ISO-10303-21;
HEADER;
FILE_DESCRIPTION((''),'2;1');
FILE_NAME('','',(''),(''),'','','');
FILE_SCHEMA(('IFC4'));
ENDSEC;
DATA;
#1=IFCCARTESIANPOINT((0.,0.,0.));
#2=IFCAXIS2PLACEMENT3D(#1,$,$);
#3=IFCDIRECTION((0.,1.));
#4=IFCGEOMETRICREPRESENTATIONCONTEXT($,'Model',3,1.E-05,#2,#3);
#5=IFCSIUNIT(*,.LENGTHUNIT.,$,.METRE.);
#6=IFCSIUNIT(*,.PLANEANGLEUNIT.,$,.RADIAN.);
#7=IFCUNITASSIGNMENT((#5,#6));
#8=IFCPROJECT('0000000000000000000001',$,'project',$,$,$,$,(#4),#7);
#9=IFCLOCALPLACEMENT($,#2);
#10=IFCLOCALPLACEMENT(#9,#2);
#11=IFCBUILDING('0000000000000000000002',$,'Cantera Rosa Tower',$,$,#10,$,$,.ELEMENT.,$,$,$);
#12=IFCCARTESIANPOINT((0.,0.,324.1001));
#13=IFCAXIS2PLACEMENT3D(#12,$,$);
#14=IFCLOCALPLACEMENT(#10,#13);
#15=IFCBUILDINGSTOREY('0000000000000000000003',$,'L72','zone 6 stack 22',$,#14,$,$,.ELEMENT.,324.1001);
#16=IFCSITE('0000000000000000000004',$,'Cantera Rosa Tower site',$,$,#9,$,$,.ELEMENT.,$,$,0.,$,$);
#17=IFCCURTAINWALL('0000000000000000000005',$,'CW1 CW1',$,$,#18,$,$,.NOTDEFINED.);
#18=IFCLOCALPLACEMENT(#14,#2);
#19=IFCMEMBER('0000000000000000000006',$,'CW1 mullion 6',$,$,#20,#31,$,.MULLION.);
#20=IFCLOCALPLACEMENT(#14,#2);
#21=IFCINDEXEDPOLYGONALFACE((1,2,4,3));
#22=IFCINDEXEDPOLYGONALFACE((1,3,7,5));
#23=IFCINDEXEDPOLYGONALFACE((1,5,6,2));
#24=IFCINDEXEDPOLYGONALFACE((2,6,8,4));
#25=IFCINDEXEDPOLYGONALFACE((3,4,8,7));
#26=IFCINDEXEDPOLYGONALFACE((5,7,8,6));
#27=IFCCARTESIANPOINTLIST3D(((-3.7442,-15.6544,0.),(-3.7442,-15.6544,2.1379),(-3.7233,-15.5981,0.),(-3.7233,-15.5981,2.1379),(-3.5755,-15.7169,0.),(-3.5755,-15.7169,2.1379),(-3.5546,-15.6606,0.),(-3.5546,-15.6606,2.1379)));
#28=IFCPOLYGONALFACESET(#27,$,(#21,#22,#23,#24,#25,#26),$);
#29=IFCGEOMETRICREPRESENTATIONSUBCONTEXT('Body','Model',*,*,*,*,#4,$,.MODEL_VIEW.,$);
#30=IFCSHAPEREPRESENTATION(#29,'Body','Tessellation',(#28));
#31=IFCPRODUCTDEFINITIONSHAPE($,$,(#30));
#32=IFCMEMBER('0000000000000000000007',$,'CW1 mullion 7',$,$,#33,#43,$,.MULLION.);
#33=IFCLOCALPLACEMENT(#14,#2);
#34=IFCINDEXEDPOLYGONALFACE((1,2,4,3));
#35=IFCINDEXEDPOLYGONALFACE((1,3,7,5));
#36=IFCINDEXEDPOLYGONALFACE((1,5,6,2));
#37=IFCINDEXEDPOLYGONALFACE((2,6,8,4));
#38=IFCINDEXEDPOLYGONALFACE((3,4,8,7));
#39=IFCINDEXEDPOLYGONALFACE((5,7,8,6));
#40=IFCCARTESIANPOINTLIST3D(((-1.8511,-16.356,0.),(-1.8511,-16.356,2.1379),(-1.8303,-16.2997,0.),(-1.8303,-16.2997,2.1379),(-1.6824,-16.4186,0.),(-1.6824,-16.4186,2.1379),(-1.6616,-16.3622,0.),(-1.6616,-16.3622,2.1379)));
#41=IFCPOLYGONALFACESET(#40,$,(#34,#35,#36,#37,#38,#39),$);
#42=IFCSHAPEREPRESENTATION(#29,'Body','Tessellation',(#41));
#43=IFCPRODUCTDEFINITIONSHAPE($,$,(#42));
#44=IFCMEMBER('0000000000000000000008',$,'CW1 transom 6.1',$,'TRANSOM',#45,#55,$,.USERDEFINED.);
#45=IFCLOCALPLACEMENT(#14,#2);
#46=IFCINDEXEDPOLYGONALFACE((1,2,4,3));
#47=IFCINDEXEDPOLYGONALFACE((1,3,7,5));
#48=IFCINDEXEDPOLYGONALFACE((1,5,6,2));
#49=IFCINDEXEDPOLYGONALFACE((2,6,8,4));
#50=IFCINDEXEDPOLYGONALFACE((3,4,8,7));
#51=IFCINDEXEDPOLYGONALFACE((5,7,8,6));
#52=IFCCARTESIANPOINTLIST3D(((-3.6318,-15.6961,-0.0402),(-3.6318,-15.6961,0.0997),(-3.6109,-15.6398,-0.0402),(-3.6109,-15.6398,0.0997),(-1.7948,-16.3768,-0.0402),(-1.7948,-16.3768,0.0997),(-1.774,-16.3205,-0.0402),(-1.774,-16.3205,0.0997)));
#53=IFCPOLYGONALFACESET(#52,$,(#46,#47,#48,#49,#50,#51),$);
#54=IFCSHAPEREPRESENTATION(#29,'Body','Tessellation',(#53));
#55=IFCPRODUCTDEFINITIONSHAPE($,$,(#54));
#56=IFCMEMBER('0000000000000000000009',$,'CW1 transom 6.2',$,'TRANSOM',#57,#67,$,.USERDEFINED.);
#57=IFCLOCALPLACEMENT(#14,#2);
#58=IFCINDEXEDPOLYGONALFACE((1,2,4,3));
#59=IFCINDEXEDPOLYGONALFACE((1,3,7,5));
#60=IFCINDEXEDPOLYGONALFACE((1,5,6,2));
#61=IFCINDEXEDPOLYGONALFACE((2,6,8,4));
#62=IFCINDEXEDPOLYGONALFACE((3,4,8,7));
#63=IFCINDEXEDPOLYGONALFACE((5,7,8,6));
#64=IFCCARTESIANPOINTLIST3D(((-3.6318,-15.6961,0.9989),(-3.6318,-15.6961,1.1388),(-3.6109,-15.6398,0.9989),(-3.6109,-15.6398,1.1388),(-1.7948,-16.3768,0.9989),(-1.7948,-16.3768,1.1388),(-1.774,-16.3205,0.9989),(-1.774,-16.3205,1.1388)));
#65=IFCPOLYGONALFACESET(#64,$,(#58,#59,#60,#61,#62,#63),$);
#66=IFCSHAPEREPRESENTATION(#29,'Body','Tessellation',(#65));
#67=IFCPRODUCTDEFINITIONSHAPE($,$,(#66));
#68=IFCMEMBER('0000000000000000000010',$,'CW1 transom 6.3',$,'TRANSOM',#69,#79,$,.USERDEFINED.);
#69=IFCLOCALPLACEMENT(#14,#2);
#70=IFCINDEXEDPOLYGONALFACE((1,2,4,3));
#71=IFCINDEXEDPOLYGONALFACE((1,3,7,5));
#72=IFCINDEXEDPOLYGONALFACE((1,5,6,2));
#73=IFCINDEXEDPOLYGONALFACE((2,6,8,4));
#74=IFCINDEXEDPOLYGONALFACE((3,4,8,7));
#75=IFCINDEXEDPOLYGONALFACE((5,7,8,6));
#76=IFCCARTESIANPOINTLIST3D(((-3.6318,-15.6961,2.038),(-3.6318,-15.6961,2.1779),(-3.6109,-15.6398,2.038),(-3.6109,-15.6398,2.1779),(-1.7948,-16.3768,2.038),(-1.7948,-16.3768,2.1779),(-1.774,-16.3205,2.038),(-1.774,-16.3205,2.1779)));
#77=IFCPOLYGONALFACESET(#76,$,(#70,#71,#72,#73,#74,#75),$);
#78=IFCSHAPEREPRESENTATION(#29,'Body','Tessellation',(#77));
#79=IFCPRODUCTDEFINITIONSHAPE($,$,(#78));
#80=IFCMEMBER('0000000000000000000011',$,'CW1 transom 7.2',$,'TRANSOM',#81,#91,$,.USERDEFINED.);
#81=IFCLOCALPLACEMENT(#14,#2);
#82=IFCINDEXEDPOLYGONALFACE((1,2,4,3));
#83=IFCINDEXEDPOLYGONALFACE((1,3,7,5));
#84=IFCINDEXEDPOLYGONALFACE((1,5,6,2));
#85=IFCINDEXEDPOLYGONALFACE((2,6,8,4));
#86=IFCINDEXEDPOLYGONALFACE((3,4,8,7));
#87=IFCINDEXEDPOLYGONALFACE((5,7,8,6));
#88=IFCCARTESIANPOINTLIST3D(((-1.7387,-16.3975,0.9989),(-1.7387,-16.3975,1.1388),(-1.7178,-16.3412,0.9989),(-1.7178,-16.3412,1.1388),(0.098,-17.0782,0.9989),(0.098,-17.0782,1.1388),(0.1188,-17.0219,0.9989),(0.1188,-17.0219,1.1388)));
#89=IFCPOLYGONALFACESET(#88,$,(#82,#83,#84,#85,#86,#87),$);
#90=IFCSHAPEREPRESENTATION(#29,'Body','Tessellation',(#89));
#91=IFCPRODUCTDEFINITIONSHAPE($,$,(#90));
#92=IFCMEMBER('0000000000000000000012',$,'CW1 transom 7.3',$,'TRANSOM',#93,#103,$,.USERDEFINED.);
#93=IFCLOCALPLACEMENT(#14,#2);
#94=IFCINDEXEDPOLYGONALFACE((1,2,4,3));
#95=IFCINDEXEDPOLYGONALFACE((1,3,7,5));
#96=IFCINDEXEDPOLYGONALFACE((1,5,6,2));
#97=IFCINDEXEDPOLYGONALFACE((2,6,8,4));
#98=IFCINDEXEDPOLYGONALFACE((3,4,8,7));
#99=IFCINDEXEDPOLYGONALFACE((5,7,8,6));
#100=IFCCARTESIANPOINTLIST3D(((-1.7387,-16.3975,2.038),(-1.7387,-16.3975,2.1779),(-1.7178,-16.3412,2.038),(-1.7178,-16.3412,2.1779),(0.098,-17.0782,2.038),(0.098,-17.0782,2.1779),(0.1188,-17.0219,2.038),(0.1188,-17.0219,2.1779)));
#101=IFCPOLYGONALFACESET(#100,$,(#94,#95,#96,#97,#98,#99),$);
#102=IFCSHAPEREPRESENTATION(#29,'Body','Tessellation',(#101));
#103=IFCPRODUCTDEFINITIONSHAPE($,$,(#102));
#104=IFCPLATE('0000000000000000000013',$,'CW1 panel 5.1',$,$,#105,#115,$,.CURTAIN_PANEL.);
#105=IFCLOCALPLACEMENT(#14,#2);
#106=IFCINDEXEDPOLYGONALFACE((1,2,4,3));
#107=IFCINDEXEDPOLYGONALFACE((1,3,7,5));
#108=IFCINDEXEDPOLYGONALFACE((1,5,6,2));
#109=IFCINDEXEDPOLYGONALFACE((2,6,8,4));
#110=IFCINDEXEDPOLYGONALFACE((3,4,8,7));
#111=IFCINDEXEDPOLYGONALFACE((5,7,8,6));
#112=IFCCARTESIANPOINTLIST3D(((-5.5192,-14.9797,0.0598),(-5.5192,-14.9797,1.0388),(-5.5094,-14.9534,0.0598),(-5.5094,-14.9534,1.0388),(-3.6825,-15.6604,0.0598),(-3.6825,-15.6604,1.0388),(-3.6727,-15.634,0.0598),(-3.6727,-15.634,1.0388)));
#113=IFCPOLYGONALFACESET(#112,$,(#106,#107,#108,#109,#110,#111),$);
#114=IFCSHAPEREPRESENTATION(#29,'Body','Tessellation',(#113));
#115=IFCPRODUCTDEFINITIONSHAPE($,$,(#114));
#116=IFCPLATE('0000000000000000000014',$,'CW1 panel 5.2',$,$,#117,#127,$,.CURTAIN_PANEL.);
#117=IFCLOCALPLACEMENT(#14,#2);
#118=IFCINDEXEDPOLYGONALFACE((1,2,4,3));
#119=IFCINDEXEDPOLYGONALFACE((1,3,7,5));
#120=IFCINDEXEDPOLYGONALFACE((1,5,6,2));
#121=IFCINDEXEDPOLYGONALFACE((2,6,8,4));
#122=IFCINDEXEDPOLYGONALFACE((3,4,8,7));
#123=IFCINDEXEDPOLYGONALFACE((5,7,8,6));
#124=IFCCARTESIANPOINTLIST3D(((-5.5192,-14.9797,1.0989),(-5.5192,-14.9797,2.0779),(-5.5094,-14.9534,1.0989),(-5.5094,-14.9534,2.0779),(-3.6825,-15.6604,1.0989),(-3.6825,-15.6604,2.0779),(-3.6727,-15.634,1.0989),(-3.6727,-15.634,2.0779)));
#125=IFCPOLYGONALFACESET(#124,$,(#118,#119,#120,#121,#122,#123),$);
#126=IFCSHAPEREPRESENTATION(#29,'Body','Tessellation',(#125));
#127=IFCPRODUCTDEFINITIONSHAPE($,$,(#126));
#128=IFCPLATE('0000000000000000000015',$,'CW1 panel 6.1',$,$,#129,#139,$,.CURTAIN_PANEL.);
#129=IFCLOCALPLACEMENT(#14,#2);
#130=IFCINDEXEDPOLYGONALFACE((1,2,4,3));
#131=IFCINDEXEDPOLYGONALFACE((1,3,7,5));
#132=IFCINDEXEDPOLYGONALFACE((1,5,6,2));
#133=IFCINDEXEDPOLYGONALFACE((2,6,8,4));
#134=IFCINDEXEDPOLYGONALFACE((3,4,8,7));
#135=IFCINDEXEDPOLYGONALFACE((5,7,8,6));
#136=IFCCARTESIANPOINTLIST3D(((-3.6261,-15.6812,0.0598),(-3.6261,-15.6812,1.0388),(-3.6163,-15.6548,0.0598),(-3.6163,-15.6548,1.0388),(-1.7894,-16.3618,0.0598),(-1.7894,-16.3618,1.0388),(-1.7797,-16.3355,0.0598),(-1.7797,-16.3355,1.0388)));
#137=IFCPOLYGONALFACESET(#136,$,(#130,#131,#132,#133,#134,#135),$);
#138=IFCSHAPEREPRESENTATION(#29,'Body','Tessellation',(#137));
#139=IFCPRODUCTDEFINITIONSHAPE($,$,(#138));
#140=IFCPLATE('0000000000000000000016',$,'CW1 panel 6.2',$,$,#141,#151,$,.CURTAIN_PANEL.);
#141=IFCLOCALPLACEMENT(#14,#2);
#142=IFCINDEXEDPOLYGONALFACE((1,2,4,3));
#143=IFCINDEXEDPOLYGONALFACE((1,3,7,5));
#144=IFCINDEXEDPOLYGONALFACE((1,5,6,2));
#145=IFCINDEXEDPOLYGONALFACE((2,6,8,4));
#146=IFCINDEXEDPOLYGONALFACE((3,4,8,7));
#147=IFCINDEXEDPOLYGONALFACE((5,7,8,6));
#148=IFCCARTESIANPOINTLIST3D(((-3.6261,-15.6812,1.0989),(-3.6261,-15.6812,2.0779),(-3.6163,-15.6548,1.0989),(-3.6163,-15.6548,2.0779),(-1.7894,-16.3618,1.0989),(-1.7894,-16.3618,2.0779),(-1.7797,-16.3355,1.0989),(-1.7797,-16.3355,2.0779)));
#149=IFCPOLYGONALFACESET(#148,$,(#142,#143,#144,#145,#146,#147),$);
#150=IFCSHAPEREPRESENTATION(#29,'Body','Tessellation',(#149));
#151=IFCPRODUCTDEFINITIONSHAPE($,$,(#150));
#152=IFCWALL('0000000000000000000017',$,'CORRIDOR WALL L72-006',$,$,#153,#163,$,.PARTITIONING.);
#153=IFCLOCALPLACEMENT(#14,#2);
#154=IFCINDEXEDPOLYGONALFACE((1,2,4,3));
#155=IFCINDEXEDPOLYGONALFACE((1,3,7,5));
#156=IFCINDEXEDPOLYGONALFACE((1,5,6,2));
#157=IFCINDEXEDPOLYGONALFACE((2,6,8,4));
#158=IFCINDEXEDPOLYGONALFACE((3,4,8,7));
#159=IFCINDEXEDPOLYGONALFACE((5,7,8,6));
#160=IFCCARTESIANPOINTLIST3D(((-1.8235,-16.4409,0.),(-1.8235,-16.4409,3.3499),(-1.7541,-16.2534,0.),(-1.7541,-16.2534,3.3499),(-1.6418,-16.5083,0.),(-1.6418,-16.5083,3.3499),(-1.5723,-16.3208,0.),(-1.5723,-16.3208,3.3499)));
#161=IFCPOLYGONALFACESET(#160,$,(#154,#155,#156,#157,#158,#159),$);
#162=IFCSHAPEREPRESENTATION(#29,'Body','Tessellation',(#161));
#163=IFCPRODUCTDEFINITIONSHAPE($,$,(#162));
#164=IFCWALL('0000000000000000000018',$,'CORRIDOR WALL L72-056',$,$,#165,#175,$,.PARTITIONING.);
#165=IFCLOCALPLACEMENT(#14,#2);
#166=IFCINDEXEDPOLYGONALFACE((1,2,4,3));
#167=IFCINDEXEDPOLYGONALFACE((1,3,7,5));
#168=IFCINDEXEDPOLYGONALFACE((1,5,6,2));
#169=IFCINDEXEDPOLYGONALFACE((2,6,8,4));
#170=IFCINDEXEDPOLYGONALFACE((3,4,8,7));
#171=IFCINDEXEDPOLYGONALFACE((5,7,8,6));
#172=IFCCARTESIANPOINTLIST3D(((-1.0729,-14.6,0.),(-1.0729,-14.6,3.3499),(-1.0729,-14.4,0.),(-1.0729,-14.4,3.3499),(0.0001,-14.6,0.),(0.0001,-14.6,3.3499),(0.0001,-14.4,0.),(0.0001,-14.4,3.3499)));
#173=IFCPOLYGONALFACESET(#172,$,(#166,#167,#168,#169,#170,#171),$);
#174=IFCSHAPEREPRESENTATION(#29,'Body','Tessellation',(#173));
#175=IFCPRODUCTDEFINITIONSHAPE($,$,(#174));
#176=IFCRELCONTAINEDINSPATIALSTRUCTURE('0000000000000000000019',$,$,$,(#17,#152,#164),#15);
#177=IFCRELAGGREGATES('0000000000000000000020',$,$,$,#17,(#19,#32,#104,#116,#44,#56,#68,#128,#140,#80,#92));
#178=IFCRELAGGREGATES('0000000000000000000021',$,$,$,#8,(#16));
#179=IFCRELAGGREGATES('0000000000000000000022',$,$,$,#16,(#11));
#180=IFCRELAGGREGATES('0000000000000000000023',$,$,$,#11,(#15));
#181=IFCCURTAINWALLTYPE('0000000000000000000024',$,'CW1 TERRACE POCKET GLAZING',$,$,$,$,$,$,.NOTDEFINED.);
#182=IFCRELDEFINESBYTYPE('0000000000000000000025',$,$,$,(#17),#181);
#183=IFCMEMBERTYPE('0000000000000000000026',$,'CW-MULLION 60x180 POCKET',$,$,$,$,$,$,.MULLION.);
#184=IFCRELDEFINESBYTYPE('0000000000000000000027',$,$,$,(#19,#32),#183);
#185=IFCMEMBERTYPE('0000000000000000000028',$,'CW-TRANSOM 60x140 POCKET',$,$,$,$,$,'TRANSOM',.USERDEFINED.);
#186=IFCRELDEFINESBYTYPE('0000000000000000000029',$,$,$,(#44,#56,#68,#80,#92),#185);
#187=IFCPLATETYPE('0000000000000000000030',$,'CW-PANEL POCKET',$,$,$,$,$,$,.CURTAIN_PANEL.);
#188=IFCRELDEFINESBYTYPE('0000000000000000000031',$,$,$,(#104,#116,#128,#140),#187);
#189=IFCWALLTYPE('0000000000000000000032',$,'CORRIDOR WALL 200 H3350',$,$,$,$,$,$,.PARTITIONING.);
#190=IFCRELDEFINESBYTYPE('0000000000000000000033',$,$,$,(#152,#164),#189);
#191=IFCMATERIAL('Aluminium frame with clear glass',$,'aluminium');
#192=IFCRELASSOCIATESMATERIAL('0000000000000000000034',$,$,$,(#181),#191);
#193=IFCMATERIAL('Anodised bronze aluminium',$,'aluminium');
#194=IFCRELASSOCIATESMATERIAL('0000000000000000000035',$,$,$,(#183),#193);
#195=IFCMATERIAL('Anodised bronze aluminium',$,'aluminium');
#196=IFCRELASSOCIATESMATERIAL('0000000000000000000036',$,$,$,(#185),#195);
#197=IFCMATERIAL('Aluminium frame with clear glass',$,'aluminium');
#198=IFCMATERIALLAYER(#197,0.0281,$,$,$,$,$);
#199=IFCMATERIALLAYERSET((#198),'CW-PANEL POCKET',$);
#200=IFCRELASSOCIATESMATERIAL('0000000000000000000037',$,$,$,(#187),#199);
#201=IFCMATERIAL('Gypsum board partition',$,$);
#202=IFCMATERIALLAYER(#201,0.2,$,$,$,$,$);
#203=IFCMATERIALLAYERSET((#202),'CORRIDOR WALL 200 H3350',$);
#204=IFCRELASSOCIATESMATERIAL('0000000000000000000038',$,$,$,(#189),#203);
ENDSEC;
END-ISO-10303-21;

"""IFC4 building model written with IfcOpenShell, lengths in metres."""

from ifc_helpers import new_model, si_unit, direction, frame, frame_2d, origin, origin_2d, place, context, subcontext, project, spatial, rectangle, extrude, material, layer, layer_set, material_profile, profile_set, type_object, element, aggregate, save


model = new_model("IFC4")

# Units and contexts
model_context = context("Model", 3, precision=1e-05, world=origin(), true_north=direction((0.0, 1.0)))
body_context = subcontext(model_context, "Body", "Model", "MODEL_VIEW")
ifc_project = project(units=[si_unit("LENGTHUNIT", "METRE"), si_unit("PLANEANGLEUNIT", "RADIAN")], contexts=[model_context])

# Site, building, storey
site_placement = place(None, origin())
site = spatial("IfcSite", under=ifc_project, at=site_placement, Name="Cantera Rosa Tower site", CompositionType="ELEMENT", RefElevation=0.0)
building_placement = place(site_placement, origin())
building = spatial("IfcBuilding", under=site, at=building_placement, Name="Cantera Rosa Tower", CompositionType="ELEMENT")
storey_placement = place(building_placement, frame((0.0, 0.0, 324.1001)))
storey = spatial("IfcBuildingStorey", under=building, at=storey_placement, Name="L72", Description="zone 6 stack 22", CompositionType="ELEMENT", Elevation=324.1001)

# Curtain wall, members, plates
ifc_material_1 = material(Name="Aluminium frame with clear glass", Category="aluminium")
curtain_wall_type = type_object("IfcCurtainWallType", Name="CW1 TERRACE POCKET GLAZING", PredefinedType="NOTDEFINED", material=ifc_material_1)
curtain_wall_placement = place(storey_placement, origin())
curtain_wall = element("IfcCurtainWall", 1, at=curtain_wall_placement, inside=storey, type_object=curtain_wall_type, Name="CW1 CW1", PredefinedType="NOTDEFINED")
ifc_material_2 = material(Name="Anodised bronze aluminium", Category="aluminium")
ifc_material_profile_1 = material_profile(ifc_material_2, rectangle(XDim=0.0601, YDim=0.1799, at=origin_2d()), Name="CW-MULLION 60x180 POCKET")
ifc_profile_set_1 = profile_set([ifc_material_profile_1], Name="Anodised bronze aluminium")
member_type_1 = type_object("IfcMemberType", Name="CW-MULLION 60x180 POCKET", PredefinedType="MULLION", material=ifc_profile_set_1)
member_1_placement = place(storey_placement, frame((-3.6494, -15.6575, 0.0), z_axis=(0.0, 0.0, 1.0), x_axis=(0.347481, 0.937687, 0.0)))
member_1 = element("IfcMember", 2, at=member_1_placement, type_object=member_type_1, Name="CW1 mullion 6", PredefinedType="MULLION", context=body_context, shape_type="SweptSolid", body=[
    extrude(rectangle(XDim=0.0601, YDim=0.1799, at=origin_2d()), origin(), (0.0, 0.0, 1.0), 2.1379),
])
member_2_placement = place(storey_placement, frame((-1.7563, -16.3591, 0.0), z_axis=(0.0, 0.0, 1.0), x_axis=(0.347481, 0.937687, 0.0)))
member_2 = element("IfcMember", 3, at=member_2_placement, type_object=member_type_1, Name="CW1 mullion 7", PredefinedType="MULLION", context=body_context, shape_type="SweptSolid", body=[
    extrude(rectangle(XDim=0.0601, YDim=0.1799, at=origin_2d()), origin(), (0.0, 0.0, 1.0), 2.1379),
])
ifc_material_3 = material(Name="Anodised bronze aluminium", Category="aluminium")
ifc_material_profile_2 = material_profile(ifc_material_3, rectangle(XDim=0.0601, YDim=0.1399, at=origin_2d()), Name="CW-TRANSOM 60x140 POCKET")
ifc_profile_set_2 = profile_set([ifc_material_profile_2], Name="Anodised bronze aluminium")
member_type_2 = type_object("IfcMemberType", Name="CW-TRANSOM 60x140 POCKET", ElementType="TRANSOM", PredefinedType="USERDEFINED", material=ifc_profile_set_2)
member_3_placement = place(storey_placement, frame((-3.6213, -15.668, 0.0298), z_axis=(0.937695, -0.34746, 0.0), x_axis=(0.34746, 0.937695, 0.0)))
member_3 = element("IfcMember", 4, at=member_3_placement, type_object=member_type_2, Name="CW1 transom 6.1", ObjectType="TRANSOM", PredefinedType="USERDEFINED", context=body_context, shape_type="SweptSolid", body=[
    extrude(rectangle(XDim=0.0601, YDim=0.1399, at=origin_2d()), origin(), (0.0, 0.0, 1.0), 1.959),
])
member_4_placement = place(storey_placement, frame((-3.6213, -15.668, 1.0688), z_axis=(0.937695, -0.34746, 0.0), x_axis=(0.34746, 0.937695, 0.0)))
member_4 = element("IfcMember", 5, at=member_4_placement, type_object=member_type_2, Name="CW1 transom 6.2", ObjectType="TRANSOM", PredefinedType="USERDEFINED", context=body_context, shape_type="SweptSolid", body=[
    extrude(rectangle(XDim=0.0601, YDim=0.1399, at=origin_2d()), origin(), (0.0, 0.0, 1.0), 1.959),
])
member_5_placement = place(storey_placement, frame((-3.6213, -15.668, 2.1079), z_axis=(0.937695, -0.34746, 0.0), x_axis=(0.34746, 0.937695, 0.0)))
member_5 = element("IfcMember", 6, at=member_5_placement, type_object=member_type_2, Name="CW1 transom 6.3", ObjectType="TRANSOM", PredefinedType="USERDEFINED", context=body_context, shape_type="SweptSolid", body=[
    extrude(rectangle(XDim=0.0601, YDim=0.1399, at=origin_2d()), origin(), (0.0, 0.0, 1.0), 1.959),
])
member_6_placement = place(storey_placement, frame((-1.7283, -16.3694, 1.0688), z_axis=(0.93768, -0.347501, 0.0), x_axis=(0.347501, 0.93768, 0.0)))
member_6 = element("IfcMember", 7, at=member_6_placement, type_object=member_type_2, Name="CW1 transom 7.2", ObjectType="TRANSOM", PredefinedType="USERDEFINED", context=body_context, shape_type="SweptSolid", body=[
    extrude(rectangle(XDim=0.0601, YDim=0.1399, at=origin_2d()), origin(), (0.0, 0.0, 1.0), 1.9587),
])
member_7_placement = place(storey_placement, frame((-1.7283, -16.3694, 2.1079), z_axis=(0.93768, -0.347501, 0.0), x_axis=(0.347501, 0.93768, 0.0)))
member_7 = element("IfcMember", 8, at=member_7_placement, type_object=member_type_2, Name="CW1 transom 7.3", ObjectType="TRANSOM", PredefinedType="USERDEFINED", context=body_context, shape_type="SweptSolid", body=[
    extrude(rectangle(XDim=0.0601, YDim=0.1399, at=origin_2d()), origin(), (0.0, 0.0, 1.0), 1.9587),
])
ifc_material_4 = material(Name="Aluminium frame with clear glass", Category="aluminium")
ifc_layer_1 = layer(ifc_material_4, 0.0281)
ifc_layer_set_1 = layer_set([ifc_layer_1], Name="CW-PANEL POCKET")
plate_type = type_object("IfcPlateType", Name="CW-PANEL POCKET", PredefinedType="CURTAIN_PANEL", material=ifc_layer_set_1)
plate_1_placement = place(storey_placement, frame((-4.5959, -15.3069, 0.0598), z_axis=(0.0, 0.0, 1.0), x_axis=(0.937687, -0.347481, 0.0)))
plate_1 = element("IfcPlate", 9, at=plate_1_placement, type_object=plate_type, Name="CW1 panel 5.1", PredefinedType="CURTAIN_PANEL", context=body_context, shape_type="SweptSolid", body=[
    extrude(rectangle(XDim=1.9587, YDim=0.0281, at=origin_2d()), origin(), (0.0, 0.0, 1.0), 0.979),
])
plate_2_placement = place(storey_placement, frame((-4.5959, -15.3069, 1.0989), z_axis=(0.0, 0.0, 1.0), x_axis=(0.937687, -0.347481, 0.0)))
plate_2 = element("IfcPlate", 10, at=plate_2_placement, type_object=plate_type, Name="CW1 panel 5.2", PredefinedType="CURTAIN_PANEL", context=body_context, shape_type="SweptSolid", body=[
    extrude(rectangle(XDim=1.9587, YDim=0.0281, at=origin_2d()), origin(), (0.0, 0.0, 1.0), 0.979),
])
plate_3_placement = place(storey_placement, frame((-2.7029, -16.0083, 0.0598), z_axis=(0.0, 0.0, 1.0), x_axis=(0.937687, -0.347481, 0.0)))
plate_3 = element("IfcPlate", 11, at=plate_3_placement, type_object=plate_type, Name="CW1 panel 6.1", PredefinedType="CURTAIN_PANEL", context=body_context, shape_type="SweptSolid", body=[
    extrude(rectangle(XDim=1.9587, YDim=0.0281, at=origin_2d()), origin(), (0.0, 0.0, 1.0), 0.979),
])
plate_4_placement = place(storey_placement, frame((-2.7029, -16.0083, 1.0989), z_axis=(0.0, 0.0, 1.0), x_axis=(0.937687, -0.347481, 0.0)))
plate_4 = element("IfcPlate", 12, at=plate_4_placement, type_object=plate_type, Name="CW1 panel 6.2", PredefinedType="CURTAIN_PANEL", context=body_context, shape_type="SweptSolid", body=[
    extrude(rectangle(XDim=1.9587, YDim=0.0281, at=origin_2d()), origin(), (0.0, 0.0, 1.0), 0.979),
])
aggregate(curtain_wall, [member_1, member_2, plate_1, plate_2, member_3, member_4, member_5, plate_3, plate_4, member_6, member_7])

# Walls
ifc_material_5 = material(Name="Gypsum board partition")
ifc_layer_2 = layer(ifc_material_5, 0.2)
ifc_layer_set_2 = layer_set([ifc_layer_2], Name="CORRIDOR WALL 200 H3350")
wall_type_1 = type_object("IfcWallType", Name="CORRIDOR WALL 200 H3350", PredefinedType="PARTITIONING", material=ifc_layer_set_2)
wall_1_placement = place(storey_placement, frame((-1.7888, -16.3472, 0.0), z_axis=(0.0, 0.0, 1.0), x_axis=(0.937718, -0.347396, 0.0)))
element("IfcWall", 13, at=wall_1_placement, inside=storey, type_object=wall_type_1, Name="CORRIDOR WALL L72-006", PredefinedType="PARTITIONING", context=body_context, shape_type="SweptSolid", body=[
    extrude(rectangle(XDim=0.1938, YDim=0.2, at=frame_2d((0.0969, 0.0))), origin(), (0.0, 0.0, 1.0), 3.3499),
])
wall_2_placement = place(storey_placement, frame((-1.073, -14.5, 0.0), z_axis=(0.0, 0.0, 1.0), x_axis=(1.0, 0.0, 0.0)))
element("IfcWall", 14, at=wall_2_placement, inside=storey, type_object=wall_type_1, Name="CORRIDOR WALL L72-056", PredefinedType="PARTITIONING", context=body_context, shape_type="SweptSolid", body=[
    extrude(rectangle(XDim=1.073, YDim=0.2, at=frame_2d((0.5366, 0.0))), origin(), (0.0, 0.0, 1.0), 3.3499),
])

save(model, "model.ifc")
